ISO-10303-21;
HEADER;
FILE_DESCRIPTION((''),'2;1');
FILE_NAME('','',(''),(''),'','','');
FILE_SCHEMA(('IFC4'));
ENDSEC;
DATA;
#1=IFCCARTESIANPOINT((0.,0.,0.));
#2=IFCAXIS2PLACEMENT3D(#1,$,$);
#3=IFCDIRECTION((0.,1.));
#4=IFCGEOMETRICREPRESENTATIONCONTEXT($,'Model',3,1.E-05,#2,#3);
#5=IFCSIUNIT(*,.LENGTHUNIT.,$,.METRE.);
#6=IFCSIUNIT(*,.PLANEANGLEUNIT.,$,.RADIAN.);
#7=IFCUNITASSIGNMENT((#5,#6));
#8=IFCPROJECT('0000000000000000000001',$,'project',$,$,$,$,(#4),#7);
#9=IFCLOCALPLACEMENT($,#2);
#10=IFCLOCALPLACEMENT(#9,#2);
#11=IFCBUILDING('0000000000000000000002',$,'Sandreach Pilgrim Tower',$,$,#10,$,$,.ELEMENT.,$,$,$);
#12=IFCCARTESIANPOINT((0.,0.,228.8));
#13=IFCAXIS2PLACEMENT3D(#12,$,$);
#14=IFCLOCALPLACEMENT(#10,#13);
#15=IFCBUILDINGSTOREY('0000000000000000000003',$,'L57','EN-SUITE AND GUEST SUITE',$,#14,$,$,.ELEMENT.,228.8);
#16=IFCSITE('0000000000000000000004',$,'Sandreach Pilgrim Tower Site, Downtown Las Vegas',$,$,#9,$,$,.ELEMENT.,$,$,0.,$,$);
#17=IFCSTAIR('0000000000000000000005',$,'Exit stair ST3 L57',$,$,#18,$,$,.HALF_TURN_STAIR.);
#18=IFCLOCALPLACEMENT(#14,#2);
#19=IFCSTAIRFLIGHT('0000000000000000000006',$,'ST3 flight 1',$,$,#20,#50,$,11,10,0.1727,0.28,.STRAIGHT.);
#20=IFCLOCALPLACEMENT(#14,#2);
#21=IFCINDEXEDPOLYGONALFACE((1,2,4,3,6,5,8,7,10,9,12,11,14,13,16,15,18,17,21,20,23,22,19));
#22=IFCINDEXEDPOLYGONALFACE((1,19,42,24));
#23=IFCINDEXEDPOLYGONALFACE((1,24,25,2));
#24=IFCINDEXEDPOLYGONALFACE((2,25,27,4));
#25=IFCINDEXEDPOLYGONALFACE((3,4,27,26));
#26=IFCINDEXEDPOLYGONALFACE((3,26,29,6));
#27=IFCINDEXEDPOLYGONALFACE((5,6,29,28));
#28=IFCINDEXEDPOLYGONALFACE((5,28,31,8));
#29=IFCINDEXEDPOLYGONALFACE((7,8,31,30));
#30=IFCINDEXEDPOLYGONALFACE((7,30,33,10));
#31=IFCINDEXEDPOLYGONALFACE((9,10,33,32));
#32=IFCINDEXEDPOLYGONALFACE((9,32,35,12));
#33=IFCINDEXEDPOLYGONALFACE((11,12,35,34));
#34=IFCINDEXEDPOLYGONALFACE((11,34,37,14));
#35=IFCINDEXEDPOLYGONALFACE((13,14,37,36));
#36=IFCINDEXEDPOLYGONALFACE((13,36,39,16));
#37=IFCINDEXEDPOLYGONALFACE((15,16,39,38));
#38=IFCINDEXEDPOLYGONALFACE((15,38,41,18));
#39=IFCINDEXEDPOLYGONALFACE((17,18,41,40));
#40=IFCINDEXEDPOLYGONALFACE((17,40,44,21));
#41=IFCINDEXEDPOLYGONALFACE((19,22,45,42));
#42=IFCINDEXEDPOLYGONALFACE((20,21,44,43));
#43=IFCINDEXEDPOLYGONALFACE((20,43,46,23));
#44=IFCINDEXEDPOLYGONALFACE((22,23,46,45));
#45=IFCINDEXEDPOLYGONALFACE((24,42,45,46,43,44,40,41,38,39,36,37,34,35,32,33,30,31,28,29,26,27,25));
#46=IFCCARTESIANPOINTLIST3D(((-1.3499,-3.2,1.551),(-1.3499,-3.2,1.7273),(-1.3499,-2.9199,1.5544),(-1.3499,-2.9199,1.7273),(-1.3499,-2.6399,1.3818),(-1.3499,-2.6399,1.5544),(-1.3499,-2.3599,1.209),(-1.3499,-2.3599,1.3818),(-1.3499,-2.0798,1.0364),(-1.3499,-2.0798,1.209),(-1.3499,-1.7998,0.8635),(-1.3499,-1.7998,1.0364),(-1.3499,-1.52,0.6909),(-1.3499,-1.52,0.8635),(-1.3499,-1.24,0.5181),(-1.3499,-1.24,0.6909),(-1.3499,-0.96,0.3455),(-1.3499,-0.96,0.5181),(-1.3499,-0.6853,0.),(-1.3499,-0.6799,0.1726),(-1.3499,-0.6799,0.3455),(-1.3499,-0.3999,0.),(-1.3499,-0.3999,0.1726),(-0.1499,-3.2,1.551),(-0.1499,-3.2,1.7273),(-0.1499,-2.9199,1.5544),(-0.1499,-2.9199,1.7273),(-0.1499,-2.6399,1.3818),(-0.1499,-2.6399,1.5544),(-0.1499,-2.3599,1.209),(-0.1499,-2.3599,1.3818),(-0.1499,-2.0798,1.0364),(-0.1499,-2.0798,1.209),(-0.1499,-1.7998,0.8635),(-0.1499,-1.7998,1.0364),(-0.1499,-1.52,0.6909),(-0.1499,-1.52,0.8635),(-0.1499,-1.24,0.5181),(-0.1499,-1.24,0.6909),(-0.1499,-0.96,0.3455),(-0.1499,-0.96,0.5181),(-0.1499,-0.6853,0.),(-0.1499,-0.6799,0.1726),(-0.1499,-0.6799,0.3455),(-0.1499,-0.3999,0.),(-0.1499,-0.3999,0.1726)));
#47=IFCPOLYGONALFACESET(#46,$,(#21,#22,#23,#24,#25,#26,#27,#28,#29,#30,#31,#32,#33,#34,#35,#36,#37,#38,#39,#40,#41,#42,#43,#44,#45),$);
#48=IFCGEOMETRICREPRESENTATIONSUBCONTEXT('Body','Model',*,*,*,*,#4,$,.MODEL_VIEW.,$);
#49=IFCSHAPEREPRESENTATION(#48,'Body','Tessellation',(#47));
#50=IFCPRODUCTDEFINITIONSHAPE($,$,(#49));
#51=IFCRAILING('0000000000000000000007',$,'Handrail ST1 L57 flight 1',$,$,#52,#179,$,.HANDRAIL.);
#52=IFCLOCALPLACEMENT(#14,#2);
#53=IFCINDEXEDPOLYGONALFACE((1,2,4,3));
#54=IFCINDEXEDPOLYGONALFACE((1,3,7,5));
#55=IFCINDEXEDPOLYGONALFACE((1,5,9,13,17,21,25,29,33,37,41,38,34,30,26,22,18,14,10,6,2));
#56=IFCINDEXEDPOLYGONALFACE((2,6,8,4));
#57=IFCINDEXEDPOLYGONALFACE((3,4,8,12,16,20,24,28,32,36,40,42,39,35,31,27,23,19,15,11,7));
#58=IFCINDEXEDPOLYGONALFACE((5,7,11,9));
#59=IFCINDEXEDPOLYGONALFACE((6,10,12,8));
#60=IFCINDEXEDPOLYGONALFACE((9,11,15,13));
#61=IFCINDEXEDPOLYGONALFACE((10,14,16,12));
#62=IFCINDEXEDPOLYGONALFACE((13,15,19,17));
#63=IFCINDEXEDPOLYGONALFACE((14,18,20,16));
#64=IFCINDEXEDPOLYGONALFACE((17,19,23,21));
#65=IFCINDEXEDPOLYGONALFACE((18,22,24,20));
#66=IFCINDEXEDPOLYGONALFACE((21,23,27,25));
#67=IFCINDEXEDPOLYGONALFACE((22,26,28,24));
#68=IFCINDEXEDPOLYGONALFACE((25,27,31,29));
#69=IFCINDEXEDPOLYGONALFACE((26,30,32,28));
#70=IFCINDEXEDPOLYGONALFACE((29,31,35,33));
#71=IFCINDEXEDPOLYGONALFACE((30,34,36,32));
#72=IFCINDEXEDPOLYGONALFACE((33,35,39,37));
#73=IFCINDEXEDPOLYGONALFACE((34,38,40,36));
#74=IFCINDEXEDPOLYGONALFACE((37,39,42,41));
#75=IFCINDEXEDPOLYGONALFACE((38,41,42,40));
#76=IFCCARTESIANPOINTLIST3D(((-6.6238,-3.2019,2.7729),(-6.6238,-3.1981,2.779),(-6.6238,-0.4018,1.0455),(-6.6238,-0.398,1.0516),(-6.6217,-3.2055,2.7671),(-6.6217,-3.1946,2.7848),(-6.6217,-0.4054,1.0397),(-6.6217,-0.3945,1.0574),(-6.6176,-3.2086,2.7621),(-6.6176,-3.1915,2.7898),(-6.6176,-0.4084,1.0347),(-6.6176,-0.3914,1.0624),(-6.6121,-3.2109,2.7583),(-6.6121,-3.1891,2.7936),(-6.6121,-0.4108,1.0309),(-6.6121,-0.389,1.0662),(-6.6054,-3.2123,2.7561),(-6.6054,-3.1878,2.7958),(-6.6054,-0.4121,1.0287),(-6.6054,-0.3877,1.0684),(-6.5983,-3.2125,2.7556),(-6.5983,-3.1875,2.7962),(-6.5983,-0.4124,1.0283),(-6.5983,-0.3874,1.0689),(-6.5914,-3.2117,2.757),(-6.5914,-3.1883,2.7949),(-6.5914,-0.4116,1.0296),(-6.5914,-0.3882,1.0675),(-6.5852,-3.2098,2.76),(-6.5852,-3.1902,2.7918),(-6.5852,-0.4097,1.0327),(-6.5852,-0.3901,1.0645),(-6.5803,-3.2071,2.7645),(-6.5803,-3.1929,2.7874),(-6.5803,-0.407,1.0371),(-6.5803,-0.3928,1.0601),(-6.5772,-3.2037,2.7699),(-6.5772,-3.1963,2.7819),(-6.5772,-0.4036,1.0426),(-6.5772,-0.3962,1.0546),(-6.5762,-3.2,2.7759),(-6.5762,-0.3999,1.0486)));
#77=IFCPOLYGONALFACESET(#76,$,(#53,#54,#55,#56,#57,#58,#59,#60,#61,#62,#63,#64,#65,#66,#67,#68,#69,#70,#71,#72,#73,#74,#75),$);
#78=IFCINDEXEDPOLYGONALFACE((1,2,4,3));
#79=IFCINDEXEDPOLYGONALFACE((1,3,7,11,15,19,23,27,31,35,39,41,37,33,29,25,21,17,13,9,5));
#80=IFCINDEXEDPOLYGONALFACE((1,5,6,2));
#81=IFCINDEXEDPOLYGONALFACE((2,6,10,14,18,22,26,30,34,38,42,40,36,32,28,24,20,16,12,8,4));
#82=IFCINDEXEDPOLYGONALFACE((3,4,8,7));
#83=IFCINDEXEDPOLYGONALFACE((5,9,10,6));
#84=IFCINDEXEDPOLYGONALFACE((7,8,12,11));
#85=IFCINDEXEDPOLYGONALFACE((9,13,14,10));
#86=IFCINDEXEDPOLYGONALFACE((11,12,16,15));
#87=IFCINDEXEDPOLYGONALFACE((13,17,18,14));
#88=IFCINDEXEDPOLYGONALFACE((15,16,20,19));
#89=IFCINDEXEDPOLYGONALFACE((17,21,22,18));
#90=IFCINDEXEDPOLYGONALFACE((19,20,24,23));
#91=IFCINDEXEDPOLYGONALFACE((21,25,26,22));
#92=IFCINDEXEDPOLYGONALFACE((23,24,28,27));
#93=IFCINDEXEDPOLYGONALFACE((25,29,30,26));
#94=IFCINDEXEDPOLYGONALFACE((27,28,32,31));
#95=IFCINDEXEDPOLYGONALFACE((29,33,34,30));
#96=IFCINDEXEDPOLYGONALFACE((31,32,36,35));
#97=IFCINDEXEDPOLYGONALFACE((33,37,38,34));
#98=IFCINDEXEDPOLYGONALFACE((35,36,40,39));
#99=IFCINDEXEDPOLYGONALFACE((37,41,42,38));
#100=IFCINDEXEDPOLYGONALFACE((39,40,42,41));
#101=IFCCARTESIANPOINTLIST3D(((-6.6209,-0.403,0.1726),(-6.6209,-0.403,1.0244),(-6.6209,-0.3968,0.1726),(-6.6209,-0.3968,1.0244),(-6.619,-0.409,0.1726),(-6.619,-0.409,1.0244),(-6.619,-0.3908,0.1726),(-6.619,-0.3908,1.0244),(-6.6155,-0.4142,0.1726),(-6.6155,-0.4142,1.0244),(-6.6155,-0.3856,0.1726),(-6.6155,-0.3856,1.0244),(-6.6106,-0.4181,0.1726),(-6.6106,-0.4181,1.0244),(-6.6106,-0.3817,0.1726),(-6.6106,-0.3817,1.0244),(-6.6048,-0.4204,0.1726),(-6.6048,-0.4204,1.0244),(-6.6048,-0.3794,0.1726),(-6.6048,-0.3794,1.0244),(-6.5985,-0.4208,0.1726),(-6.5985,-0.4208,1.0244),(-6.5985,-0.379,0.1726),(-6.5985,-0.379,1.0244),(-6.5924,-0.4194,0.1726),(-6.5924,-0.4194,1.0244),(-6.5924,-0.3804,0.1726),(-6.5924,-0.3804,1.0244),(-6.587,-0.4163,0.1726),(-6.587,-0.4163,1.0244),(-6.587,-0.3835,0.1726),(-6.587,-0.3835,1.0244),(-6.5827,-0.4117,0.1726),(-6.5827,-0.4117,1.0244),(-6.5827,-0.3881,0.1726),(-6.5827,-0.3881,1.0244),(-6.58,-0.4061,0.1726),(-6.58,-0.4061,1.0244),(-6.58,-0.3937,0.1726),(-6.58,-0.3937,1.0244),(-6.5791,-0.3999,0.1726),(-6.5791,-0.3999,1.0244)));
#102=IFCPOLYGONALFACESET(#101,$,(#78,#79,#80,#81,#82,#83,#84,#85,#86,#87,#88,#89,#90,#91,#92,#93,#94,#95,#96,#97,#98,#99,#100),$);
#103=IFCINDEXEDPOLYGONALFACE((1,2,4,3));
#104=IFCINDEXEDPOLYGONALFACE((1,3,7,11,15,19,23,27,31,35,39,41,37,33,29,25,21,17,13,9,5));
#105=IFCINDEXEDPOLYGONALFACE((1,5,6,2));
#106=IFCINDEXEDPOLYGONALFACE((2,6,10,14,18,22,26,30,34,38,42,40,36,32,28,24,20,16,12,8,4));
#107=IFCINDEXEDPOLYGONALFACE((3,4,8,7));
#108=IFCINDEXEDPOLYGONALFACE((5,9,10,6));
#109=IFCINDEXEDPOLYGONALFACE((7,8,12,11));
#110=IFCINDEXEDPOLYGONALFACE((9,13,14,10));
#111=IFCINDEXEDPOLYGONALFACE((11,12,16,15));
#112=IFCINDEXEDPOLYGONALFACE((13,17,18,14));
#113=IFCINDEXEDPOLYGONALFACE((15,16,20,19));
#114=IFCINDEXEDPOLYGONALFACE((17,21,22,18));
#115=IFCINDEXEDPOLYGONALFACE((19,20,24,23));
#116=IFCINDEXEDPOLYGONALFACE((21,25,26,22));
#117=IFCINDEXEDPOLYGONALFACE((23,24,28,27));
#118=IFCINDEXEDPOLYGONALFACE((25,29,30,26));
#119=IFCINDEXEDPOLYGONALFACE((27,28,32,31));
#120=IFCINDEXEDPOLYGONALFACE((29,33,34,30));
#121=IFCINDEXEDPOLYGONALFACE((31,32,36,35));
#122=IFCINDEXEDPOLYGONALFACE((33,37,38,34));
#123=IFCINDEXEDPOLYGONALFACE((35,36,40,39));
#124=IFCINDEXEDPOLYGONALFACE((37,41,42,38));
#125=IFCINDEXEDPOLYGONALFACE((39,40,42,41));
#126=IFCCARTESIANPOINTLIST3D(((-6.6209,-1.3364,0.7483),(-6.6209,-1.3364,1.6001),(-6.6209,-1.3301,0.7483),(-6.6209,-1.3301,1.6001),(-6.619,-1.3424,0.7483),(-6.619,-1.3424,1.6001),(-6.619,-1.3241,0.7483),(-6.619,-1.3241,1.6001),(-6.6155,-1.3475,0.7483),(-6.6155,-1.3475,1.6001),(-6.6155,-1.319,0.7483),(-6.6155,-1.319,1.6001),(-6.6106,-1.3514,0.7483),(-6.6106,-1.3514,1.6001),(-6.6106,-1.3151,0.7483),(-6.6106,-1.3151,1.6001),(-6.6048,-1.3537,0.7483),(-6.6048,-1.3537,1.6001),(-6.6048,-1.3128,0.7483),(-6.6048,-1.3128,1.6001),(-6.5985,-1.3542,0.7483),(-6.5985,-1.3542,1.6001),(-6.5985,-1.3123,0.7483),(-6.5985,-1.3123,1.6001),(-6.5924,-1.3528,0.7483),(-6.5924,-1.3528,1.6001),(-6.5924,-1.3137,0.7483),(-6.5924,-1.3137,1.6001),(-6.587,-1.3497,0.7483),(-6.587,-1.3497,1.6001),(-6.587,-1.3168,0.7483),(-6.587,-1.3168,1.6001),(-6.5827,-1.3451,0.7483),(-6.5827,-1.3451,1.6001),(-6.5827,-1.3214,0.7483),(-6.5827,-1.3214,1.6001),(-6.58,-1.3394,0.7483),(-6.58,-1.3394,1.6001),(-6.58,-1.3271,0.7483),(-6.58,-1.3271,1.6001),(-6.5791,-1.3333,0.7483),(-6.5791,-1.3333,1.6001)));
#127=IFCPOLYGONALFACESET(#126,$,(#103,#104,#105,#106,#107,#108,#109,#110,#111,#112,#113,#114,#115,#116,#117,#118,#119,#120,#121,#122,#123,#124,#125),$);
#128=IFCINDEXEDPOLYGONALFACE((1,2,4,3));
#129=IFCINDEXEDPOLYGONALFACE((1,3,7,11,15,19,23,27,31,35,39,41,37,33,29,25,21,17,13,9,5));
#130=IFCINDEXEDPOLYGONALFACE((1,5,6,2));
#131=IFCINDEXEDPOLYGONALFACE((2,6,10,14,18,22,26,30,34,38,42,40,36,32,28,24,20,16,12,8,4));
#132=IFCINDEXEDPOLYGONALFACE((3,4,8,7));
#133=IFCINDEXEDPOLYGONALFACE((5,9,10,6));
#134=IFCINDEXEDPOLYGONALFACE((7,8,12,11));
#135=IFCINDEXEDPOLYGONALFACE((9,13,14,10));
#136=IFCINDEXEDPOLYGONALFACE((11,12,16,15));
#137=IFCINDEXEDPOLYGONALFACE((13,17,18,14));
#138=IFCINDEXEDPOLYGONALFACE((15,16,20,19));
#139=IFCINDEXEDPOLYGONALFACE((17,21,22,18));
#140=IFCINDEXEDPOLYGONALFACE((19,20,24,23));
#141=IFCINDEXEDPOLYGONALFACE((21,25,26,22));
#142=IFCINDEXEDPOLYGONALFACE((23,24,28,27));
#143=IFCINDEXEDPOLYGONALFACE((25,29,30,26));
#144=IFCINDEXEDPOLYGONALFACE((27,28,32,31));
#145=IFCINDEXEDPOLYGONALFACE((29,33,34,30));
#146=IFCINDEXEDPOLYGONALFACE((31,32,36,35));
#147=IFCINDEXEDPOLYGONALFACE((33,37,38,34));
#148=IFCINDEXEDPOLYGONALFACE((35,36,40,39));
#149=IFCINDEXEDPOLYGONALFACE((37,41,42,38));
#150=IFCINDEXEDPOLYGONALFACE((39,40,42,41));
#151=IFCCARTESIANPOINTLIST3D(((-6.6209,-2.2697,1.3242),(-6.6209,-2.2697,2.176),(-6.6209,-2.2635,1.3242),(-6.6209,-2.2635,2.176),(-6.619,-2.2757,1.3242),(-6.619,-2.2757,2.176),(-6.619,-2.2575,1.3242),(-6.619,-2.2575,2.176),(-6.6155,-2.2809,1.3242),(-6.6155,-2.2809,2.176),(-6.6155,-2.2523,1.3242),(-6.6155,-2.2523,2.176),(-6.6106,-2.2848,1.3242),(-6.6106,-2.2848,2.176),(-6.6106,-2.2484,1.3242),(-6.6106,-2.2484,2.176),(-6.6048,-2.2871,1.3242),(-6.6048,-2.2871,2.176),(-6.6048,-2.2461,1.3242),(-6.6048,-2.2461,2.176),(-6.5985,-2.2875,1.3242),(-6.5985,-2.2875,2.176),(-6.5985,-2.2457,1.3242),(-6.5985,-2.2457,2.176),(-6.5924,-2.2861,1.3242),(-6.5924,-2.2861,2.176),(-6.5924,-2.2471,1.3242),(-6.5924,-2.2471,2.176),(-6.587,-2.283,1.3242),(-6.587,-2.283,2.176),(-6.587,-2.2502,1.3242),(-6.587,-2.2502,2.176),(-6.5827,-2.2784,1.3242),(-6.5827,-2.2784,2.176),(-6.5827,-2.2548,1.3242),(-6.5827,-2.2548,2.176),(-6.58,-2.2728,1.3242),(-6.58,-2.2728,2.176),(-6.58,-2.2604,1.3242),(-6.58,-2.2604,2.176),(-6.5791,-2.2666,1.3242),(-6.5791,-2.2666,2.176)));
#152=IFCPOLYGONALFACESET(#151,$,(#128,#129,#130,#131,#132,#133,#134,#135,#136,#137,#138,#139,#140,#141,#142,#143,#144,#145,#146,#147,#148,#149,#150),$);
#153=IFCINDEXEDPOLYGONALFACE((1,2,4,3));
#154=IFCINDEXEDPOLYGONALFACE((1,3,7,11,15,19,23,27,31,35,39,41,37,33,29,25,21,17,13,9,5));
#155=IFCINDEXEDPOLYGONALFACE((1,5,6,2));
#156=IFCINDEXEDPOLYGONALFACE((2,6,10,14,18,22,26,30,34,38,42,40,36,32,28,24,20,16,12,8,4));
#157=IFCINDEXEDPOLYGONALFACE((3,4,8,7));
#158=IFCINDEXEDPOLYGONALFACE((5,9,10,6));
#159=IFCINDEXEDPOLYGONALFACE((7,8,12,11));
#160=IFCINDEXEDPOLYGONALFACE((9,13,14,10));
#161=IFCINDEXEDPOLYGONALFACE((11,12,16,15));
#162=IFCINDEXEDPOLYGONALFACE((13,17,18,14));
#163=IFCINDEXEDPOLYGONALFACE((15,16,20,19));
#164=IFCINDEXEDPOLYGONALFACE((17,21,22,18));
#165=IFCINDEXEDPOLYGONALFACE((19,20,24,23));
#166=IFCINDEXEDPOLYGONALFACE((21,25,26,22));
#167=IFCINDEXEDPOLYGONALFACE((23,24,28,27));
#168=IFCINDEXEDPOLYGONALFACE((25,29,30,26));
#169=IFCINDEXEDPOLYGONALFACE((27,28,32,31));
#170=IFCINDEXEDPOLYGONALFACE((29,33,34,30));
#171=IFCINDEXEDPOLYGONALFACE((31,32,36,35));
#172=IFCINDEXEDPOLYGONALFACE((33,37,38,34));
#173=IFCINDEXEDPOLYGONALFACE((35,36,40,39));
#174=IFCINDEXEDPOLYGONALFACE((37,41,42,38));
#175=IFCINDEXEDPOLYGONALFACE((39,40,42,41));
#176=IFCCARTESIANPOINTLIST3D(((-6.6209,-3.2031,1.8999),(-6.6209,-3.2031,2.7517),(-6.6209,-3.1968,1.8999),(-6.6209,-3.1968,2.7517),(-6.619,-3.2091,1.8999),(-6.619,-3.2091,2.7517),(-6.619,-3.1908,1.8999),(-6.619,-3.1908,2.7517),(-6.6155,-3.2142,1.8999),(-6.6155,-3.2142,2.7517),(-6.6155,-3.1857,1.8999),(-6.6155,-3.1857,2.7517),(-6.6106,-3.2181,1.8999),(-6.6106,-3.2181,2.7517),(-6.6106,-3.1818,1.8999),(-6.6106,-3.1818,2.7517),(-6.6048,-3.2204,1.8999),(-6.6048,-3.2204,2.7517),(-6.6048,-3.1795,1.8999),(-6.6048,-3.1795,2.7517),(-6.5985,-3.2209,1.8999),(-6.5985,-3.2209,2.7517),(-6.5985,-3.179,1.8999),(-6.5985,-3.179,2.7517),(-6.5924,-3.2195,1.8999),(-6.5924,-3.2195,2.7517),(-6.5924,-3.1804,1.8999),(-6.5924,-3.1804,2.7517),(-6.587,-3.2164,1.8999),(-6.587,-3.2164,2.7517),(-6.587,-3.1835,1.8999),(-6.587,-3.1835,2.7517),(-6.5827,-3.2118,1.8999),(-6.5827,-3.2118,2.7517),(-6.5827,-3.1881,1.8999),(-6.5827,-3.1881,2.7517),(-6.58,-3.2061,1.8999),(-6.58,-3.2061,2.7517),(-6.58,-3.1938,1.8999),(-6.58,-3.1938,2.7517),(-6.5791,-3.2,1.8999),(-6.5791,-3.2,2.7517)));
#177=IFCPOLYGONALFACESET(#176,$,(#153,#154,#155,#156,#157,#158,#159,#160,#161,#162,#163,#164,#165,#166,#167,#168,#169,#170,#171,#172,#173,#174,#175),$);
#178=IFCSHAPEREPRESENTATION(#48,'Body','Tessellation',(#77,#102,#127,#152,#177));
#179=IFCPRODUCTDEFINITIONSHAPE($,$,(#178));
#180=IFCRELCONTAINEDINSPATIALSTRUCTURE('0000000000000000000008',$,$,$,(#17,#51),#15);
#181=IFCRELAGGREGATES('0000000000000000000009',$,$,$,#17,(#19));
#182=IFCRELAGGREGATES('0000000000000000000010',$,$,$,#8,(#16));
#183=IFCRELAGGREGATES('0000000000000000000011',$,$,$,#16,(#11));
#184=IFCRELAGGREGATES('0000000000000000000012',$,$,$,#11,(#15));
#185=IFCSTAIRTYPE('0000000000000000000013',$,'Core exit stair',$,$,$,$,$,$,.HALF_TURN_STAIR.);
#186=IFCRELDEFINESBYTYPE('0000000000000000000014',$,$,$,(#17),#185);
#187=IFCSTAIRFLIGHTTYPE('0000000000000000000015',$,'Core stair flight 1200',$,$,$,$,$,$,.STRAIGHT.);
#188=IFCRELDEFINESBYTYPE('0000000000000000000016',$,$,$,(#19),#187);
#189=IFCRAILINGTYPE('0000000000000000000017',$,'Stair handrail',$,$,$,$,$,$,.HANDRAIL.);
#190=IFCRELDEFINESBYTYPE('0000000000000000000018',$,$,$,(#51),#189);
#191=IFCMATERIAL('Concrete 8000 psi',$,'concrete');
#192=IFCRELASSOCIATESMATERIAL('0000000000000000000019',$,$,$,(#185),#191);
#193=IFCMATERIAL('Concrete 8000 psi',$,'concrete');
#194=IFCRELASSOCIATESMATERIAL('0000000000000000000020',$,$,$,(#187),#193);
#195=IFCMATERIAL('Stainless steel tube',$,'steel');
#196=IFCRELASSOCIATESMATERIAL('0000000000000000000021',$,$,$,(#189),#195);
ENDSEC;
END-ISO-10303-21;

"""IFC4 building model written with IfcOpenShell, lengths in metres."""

from ifc_helpers import new_model, si_unit, direction, frame, origin, origin_2d, place, context, subcontext, project, spatial, polyline, circle, outline, extrude, material, type_object, element, aggregate, save


model = new_model("IFC4")

# Units and contexts
model_context = context("Model", 3, precision=1e-05, world=origin(), true_north=direction((0.0, 1.0)))
body_context = subcontext(model_context, "Body", "Model", "MODEL_VIEW")
ifc_project = project(units=[si_unit("LENGTHUNIT", "METRE"), si_unit("PLANEANGLEUNIT", "RADIAN")], contexts=[model_context])

# Site, building, storey
site_placement = place(None, origin())
site = spatial("IfcSite", under=ifc_project, at=site_placement, Name="Sandreach Pilgrim Tower Site, Downtown Las Vegas", CompositionType="ELEMENT", RefElevation=0.0)
building_placement = place(site_placement, origin())
building = spatial("IfcBuilding", under=site, at=building_placement, Name="Sandreach Pilgrim Tower", CompositionType="ELEMENT")
storey_placement = place(building_placement, frame((0.0, 0.0, 228.8)))
storey = spatial("IfcBuildingStorey", under=building, at=storey_placement, Name="L57", Description="EN-SUITE AND GUEST SUITE", CompositionType="ELEMENT", Elevation=228.8)

# Shared definitions
ifc_material_1 = material(Name="Concrete 8000 psi", Category="concrete")
stair_type = type_object("IfcStairType", Name="Core exit stair", PredefinedType="HALF_TURN_STAIR", material=ifc_material_1)
ifc_material_2 = material(Name="Concrete 8000 psi", Category="concrete")
stair_flight_type = type_object("IfcStairFlightType", Name="Core stair flight 1200", PredefinedType="STRAIGHT", material=ifc_material_2)

# Stair, stair flight
stair_1_placement = place(storey_placement, origin())
stair_1 = element("IfcStair", 1, at=stair_1_placement, inside=storey, type_object=stair_type, Name="Exit stair ST3 L57", PredefinedType="HALF_TURN_STAIR")
stair_flight_1_placement = place(storey_placement, frame((-0.75, -0.3999, 0.0), z_axis=(0.0, 0.0, 1.0), x_axis=(0.0, -1.0, 0.0)))
stair_flight_1 = element("IfcStairFlight", 2, at=stair_flight_1_placement, type_object=stair_flight_type, Name="ST3 flight 1", NumberOfRisers=11, NumberOfTreads=10, PredefinedType="STRAIGHT", RiserHeight=0.1727, TreadLength=0.28, context=body_context, shape_type="SweptSolid", body=[
    extrude(outline(polyline([(0.0, 0.0), (0.0, 0.1726), (0.28, 0.1726), (0.28, 0.3455), (0.5601, 0.3455), (0.5601, 0.5181), (0.8401, 0.5181), (0.8401, 0.6909), (1.1201, 0.6909), (1.1201, 0.8635), (1.3999, 0.8635), (1.3999, 1.0364), (1.6799, 1.0364), (1.6799, 1.209), (1.96, 1.209), (1.96, 1.3818), (2.24, 1.3818), (2.24, 1.5544), (2.52, 1.5544), (2.52, 1.7273), (2.8, 1.7273), (2.8, 1.8999), (2.8, 1.551), (0.2854, 0.0), (0.0, 0.0)])), frame((0.0, 0.6001, 0.0), z_axis=(0.0, -1.0, 0.0), x_axis=(1.0, 0.0, 0.0)), (0.0, 0.0, 1.0), 1.2),
])
aggregate(stair_1, [stair_flight_1])

# Railing
ifc_material_3 = material(Name="Stainless steel tube", Category="steel")
railing_type = type_object("IfcRailingType", Name="Stair handrail", PredefinedType="HANDRAIL", material=ifc_material_3)
railing_placement = place(storey_placement, frame((-6.6001, -0.3999, 0.1726)))
element("IfcRailing", 3, at=railing_placement, inside=storey, type_object=railing_type, Name="Handrail ST1 L57 flight 1", PredefinedType="HANDRAIL", context=body_context, shape_type="SweptSolid", body=[
    extrude(circle(Radius=0.0239, at=origin_2d()), frame((0.0, 0.0, 0.876), z_axis=(0.0, -0.85109, 0.52502), x_axis=(1.0, 0.0, 0.0)), (0.0, 0.0, 1.0), 3.29),
    extrude(circle(Radius=0.021, at=origin_2d()), origin(), (0.0, 0.0, 1.0), 0.8518),
    extrude(circle(Radius=0.021, at=origin_2d()), frame((0.0, -0.9333, 0.5757)), (0.0, 0.0, 1.0), 0.8518),
    extrude(circle(Radius=0.021, at=origin_2d()), frame((0.0, -1.8667, 1.1516)), (0.0, 0.0, 1.0), 0.8518),
    extrude(circle(Radius=0.021, at=origin_2d()), frame((0.0, -2.8, 1.7273)), (0.0, 0.0, 1.0), 0.8518),
])

save(model, "model.ifc")
